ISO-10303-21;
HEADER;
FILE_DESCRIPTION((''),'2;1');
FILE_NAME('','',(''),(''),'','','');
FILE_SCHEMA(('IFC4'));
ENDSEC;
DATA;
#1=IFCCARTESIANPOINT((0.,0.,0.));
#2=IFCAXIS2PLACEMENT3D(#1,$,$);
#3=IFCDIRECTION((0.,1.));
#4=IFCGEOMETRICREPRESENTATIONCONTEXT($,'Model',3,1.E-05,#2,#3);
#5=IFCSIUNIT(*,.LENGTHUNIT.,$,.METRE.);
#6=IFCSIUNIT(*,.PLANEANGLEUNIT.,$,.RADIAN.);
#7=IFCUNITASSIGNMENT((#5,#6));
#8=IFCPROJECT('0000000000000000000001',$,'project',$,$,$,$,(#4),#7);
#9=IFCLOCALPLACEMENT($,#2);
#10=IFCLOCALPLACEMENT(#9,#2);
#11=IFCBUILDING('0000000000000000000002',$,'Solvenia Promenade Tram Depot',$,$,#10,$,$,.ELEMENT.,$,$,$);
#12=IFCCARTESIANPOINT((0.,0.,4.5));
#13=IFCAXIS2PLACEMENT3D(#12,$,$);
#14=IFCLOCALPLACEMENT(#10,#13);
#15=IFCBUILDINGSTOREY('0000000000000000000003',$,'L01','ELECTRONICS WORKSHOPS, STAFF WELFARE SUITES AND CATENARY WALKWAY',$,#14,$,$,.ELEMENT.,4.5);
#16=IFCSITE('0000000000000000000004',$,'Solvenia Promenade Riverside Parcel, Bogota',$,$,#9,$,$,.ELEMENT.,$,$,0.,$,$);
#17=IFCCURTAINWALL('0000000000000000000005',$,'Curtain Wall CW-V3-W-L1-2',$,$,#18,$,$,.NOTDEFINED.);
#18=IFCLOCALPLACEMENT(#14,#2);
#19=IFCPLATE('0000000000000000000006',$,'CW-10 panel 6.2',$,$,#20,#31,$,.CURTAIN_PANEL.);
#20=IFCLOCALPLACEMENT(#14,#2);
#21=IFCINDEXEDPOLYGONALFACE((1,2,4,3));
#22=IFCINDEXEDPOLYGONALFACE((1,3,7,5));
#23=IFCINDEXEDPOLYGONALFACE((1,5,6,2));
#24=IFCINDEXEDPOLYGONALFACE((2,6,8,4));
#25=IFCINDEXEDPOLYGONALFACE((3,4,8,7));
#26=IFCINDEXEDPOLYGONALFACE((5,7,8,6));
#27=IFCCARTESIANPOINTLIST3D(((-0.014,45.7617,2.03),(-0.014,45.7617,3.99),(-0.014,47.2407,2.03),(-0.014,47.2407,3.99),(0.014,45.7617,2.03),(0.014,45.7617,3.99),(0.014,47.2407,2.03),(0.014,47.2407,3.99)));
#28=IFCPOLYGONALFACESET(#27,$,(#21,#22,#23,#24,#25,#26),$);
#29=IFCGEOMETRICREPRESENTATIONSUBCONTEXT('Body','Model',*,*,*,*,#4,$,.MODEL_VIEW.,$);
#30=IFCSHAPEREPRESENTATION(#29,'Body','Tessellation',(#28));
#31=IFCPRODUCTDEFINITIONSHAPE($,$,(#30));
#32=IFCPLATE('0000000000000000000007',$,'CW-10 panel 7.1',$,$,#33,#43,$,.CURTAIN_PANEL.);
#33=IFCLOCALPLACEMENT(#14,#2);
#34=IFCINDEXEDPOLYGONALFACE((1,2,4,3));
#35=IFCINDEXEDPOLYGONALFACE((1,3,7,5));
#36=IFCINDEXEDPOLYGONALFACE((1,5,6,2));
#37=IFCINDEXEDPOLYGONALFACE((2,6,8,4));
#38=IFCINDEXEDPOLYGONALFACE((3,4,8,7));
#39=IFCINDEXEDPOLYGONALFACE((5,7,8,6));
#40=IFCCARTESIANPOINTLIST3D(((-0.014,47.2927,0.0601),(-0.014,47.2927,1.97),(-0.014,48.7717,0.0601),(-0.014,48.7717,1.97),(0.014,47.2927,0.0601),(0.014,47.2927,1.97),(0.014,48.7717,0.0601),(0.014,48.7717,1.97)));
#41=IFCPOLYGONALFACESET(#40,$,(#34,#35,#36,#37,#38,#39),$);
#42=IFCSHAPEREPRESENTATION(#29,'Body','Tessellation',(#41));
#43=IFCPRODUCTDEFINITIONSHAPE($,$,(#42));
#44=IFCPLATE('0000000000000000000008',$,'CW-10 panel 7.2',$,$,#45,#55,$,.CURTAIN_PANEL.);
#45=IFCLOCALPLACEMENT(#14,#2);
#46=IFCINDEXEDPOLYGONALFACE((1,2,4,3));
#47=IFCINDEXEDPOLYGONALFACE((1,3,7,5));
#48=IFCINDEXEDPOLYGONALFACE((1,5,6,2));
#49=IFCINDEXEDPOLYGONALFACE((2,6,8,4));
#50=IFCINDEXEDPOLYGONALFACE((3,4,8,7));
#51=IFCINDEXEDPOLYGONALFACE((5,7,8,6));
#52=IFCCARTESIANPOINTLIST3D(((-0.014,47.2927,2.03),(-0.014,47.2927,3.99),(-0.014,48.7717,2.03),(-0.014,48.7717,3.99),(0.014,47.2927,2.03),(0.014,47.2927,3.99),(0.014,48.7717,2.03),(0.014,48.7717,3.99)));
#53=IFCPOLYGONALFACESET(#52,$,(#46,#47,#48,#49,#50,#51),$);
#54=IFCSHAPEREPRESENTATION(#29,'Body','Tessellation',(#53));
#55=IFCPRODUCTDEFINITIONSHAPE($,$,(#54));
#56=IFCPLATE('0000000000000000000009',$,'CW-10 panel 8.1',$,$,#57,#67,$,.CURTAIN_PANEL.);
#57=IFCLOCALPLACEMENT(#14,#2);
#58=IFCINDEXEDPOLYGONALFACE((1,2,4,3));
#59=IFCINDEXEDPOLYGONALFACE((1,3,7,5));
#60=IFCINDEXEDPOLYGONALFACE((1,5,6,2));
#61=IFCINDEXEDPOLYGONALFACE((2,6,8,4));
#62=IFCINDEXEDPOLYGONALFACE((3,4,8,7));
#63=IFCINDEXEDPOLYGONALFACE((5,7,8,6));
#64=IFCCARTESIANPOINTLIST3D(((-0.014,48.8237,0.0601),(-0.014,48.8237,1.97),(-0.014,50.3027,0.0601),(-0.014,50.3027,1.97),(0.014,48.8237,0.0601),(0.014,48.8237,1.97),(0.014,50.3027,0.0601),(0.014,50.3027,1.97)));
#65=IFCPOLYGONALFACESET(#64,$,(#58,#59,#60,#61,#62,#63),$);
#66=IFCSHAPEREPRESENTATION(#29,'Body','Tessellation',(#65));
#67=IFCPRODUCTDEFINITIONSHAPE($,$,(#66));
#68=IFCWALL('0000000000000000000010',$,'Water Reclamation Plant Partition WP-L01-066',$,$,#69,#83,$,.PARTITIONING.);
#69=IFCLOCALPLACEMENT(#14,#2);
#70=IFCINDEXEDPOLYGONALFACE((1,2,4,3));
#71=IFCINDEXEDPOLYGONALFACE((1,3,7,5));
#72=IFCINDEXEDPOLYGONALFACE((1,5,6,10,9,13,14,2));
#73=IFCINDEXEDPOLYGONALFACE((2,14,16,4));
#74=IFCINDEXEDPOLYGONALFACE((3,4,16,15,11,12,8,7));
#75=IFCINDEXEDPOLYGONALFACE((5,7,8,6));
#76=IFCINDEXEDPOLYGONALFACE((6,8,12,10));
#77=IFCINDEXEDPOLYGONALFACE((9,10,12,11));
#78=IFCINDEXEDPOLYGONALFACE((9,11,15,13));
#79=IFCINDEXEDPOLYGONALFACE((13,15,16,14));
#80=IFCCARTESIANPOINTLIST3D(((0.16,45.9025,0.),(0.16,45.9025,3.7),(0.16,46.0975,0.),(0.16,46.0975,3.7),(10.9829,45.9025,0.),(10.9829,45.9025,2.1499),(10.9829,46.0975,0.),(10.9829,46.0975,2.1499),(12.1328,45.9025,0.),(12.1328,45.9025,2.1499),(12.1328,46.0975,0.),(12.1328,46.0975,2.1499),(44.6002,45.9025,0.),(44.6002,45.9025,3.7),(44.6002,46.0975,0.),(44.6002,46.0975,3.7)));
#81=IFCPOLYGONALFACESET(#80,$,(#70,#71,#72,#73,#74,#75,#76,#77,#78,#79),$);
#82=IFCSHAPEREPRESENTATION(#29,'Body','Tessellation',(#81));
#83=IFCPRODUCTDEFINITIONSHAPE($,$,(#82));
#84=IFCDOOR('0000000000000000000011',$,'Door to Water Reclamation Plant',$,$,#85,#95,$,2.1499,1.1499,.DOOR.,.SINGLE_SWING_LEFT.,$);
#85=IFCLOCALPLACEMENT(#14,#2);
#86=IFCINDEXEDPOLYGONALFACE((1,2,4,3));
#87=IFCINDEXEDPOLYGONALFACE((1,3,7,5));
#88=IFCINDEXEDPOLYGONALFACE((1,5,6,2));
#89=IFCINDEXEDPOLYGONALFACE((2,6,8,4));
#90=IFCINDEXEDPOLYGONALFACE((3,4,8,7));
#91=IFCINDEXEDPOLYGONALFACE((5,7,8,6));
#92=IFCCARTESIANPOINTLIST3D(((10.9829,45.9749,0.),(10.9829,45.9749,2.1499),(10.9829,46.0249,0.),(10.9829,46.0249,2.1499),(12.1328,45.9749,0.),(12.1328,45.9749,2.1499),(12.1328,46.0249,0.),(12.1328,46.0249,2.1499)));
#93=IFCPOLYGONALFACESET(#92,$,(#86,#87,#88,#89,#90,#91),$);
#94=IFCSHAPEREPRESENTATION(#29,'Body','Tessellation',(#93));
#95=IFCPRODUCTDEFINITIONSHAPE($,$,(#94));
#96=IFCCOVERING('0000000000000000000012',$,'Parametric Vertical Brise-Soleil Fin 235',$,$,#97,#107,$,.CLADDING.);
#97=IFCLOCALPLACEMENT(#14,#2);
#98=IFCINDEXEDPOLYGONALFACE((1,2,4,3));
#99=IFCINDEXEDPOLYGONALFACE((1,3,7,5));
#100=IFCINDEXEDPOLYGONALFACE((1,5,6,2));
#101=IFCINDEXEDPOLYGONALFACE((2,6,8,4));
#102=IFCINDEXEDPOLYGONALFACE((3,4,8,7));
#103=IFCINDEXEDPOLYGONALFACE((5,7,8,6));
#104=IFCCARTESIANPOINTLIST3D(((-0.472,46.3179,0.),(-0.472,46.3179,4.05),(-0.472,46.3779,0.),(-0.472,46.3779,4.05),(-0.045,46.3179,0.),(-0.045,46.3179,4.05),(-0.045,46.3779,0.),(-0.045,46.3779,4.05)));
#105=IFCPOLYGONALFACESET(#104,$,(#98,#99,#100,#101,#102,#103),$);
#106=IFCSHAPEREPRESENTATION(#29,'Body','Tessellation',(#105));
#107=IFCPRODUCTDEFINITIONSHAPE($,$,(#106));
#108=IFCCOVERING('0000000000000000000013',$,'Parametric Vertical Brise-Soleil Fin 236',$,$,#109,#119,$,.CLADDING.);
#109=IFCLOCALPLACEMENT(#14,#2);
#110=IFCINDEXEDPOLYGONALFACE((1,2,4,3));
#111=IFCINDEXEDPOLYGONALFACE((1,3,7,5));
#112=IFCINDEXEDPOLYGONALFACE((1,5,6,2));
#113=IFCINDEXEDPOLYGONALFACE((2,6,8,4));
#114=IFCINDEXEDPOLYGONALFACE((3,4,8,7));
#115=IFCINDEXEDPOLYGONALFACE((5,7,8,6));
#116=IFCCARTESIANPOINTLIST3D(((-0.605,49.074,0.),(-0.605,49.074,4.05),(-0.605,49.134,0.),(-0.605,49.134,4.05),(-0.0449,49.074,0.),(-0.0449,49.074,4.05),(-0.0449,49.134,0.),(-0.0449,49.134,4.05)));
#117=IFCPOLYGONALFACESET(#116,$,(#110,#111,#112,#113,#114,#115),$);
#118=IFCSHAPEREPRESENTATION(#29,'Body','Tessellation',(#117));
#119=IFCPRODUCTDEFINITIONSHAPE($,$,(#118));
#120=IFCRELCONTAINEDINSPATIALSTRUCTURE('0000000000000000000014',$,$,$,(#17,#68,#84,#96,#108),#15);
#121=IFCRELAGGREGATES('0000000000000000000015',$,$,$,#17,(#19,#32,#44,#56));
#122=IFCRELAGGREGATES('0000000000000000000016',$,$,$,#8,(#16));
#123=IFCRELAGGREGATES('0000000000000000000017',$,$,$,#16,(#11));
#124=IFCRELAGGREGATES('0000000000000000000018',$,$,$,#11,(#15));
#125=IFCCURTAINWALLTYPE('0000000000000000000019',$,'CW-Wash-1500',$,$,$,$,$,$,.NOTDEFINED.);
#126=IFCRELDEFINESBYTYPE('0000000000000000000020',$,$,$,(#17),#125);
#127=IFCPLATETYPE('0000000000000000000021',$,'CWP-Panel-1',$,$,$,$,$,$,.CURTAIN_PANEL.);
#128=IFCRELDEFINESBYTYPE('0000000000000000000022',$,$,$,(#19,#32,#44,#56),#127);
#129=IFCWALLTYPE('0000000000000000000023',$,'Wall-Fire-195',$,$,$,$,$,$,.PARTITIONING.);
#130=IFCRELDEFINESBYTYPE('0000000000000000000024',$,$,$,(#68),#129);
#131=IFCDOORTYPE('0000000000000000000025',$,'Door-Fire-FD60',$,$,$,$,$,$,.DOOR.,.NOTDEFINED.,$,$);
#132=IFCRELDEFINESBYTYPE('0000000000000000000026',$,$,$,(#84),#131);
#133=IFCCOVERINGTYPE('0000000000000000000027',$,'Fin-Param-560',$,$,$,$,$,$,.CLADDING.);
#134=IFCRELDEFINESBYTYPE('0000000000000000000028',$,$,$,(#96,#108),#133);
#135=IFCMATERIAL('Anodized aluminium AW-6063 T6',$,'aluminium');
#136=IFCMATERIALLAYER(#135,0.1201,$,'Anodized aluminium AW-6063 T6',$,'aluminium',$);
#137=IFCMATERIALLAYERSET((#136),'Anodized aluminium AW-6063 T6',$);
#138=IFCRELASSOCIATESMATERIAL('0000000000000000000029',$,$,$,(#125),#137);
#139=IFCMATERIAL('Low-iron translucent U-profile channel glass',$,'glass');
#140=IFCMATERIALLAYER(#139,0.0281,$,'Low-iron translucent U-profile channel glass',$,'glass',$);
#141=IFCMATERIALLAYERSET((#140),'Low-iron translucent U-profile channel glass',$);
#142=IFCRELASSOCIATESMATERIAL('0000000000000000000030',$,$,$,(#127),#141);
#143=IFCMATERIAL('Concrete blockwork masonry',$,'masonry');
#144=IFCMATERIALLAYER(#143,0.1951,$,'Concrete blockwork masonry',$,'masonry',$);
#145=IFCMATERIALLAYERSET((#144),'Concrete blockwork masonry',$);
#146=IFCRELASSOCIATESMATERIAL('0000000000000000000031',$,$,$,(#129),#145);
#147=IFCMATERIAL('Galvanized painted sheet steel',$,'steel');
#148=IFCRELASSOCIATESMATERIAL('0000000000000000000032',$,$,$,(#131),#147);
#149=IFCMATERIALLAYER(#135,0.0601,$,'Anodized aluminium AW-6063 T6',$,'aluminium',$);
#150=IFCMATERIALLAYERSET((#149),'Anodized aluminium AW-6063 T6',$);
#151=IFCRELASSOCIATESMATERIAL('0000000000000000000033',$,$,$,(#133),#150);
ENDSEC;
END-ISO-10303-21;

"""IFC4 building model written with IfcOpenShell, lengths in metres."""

from ifc_helpers import new_model, si_unit, direction, frame, frame_2d, origin, origin_2d, place, context, subcontext, project, spatial, rectangle, extrude, material, layer, layer_set, type_object, element, fill, aggregate, save


model = new_model("IFC4")

# Units and contexts
model_context = context("Model", 3, precision=1e-05, world=origin(), true_north=direction((0.0, 1.0)))
body_context = subcontext(model_context, "Body", "Model", "MODEL_VIEW")
ifc_project = project(units=[si_unit("LENGTHUNIT", "METRE"), si_unit("PLANEANGLEUNIT", "RADIAN")], contexts=[model_context])

# Site, building, storey
site_placement = place(None, origin())
site = spatial("IfcSite", under=ifc_project, at=site_placement, Name="Solvenia Promenade Riverside Parcel, Bogota", CompositionType="ELEMENT", RefElevation=0.0)
building_placement = place(site_placement, origin())
building = spatial("IfcBuilding", under=site, at=building_placement, Name="Solvenia Promenade Tram Depot", CompositionType="ELEMENT")
storey_placement = place(building_placement, frame((0.0, 0.0, 4.5)))
storey = spatial("IfcBuildingStorey", under=building, at=storey_placement, Name="L01", Description="ELECTRONICS WORKSHOPS, STAFF WELFARE SUITES AND CATENARY WALKWAY", CompositionType="ELEMENT", Elevation=4.5)

# Curtain wall
ifc_material_1 = material(Name="Anodized aluminium AW-6063 T6", Category="aluminium")
ifc_layer_1 = layer(ifc_material_1, 0.1201, Name="Anodized aluminium AW-6063 T6", Category="aluminium")
ifc_layer_set_1 = layer_set([ifc_layer_1], Name="Anodized aluminium AW-6063 T6")
curtain_wall_type = type_object("IfcCurtainWallType", Name="CW-Wash-1500", PredefinedType="NOTDEFINED", material=ifc_layer_set_1)
curtain_wall_placement = place(storey_placement, origin())
curtain_wall = element("IfcCurtainWall", 1, at=curtain_wall_placement, inside=storey, type_object=curtain_wall_type, Name="Curtain Wall CW-V3-W-L1-2", PredefinedType="NOTDEFINED")

# Plates
ifc_material_2 = material(Name="Low-iron translucent U-profile channel glass", Category="glass")
ifc_layer_2 = layer(ifc_material_2, 0.0281, Name="Low-iron translucent U-profile channel glass", Category="glass")
ifc_layer_set_2 = layer_set([ifc_layer_2], Name="Low-iron translucent U-profile channel glass")
plate_type = type_object("IfcPlateType", Name="CWP-Panel-1", PredefinedType="CURTAIN_PANEL", material=ifc_layer_set_2)
plate_1_placement = place(storey_placement, frame((0.0, 46.5012, 2.03), z_axis=(0.0, 0.0, 1.0), x_axis=(0.0, 1.0, 0.0)))
plate_1 = element("IfcPlate", 2, at=plate_1_placement, type_object=plate_type, Name="CW-10 panel 6.2", PredefinedType="CURTAIN_PANEL", context=body_context, shape_type="SweptSolid", body=[
    extrude(rectangle(XDim=1.479, YDim=0.0281, at=origin_2d()), origin(), (0.0, 0.0, 1.0), 1.96),
])
plate_2_placement = place(storey_placement, frame((0.0, 48.0322, 0.0601), z_axis=(0.0, 0.0, 1.0), x_axis=(0.0, 1.0, 0.0)))
plate_2 = element("IfcPlate", 3, at=plate_2_placement, type_object=plate_type, Name="CW-10 panel 7.1", PredefinedType="CURTAIN_PANEL", context=body_context, shape_type="SweptSolid", body=[
    extrude(rectangle(XDim=1.479, YDim=0.0281, at=origin_2d()), origin(), (0.0, 0.0, 1.0), 1.9099),
])
plate_3_placement = place(storey_placement, frame((0.0, 48.0322, 2.03), z_axis=(0.0, 0.0, 1.0), x_axis=(0.0, 1.0, 0.0)))
plate_3 = element("IfcPlate", 4, at=plate_3_placement, type_object=plate_type, Name="CW-10 panel 7.2", PredefinedType="CURTAIN_PANEL", context=body_context, shape_type="SweptSolid", body=[
    extrude(rectangle(XDim=1.479, YDim=0.0281, at=origin_2d()), origin(), (0.0, 0.0, 1.0), 1.96),
])
plate_4_placement = place(storey_placement, frame((0.0, 49.5632, 0.0601), z_axis=(0.0, 0.0, 1.0), x_axis=(0.0, 1.0, 0.0)))
plate_4 = element("IfcPlate", 5, at=plate_4_placement, type_object=plate_type, Name="CW-10 panel 8.1", PredefinedType="CURTAIN_PANEL", context=body_context, shape_type="SweptSolid", body=[
    extrude(rectangle(XDim=1.479, YDim=0.0281, at=origin_2d()), origin(), (0.0, 0.0, 1.0), 1.9099),
])
aggregate(curtain_wall, [plate_1, plate_2, plate_3, plate_4])

# Wall, opening, door
ifc_material_3 = material(Name="Concrete blockwork masonry", Category="masonry")
ifc_layer_3 = layer(ifc_material_3, 0.1951, Name="Concrete blockwork masonry", Category="masonry")
ifc_layer_set_3 = layer_set([ifc_layer_3], Name="Concrete blockwork masonry")
wall_type = type_object("IfcWallType", Name="Wall-Fire-195", PredefinedType="PARTITIONING", material=ifc_layer_set_3)
wall_placement = place(storey_placement, frame((0.1599, 46.0, 0.0), z_axis=(0.0, 0.0, 1.0), x_axis=(1.0, 0.0, 0.0)))
wall = element("IfcWall", 6, at=wall_placement, inside=storey, type_object=wall_type, Name="Water Reclamation Plant Partition WP-L01-066", PredefinedType="PARTITIONING", context=body_context, shape_type="SweptSolid", body=[
    extrude(rectangle(XDim=44.4402, YDim=0.1951, at=frame_2d((22.2202, 0.0))), origin(), (0.0, 0.0, 1.0), 3.7),
])
opening_placement = place(wall_placement, frame((10.823, 0.0, 0.0)))
opening = element("IfcOpeningElement", 7, at=opening_placement, cuts=wall, PredefinedType="OPENING", context=body_context, shape_type="SweptSolid", body=[
    extrude(rectangle(XDim=1.1499, YDim=2.1499, at=frame_2d((0.575, 1.075))), frame((0.0, 0.1074, 0.0), z_axis=(0.0, -1.0, 0.0), x_axis=(1.0, 0.0, 0.0)), (0.0, 0.0, 1.0), 0.2151),
])
ifc_material_4 = material(Name="Galvanized painted sheet steel", Category="steel")
door_type = type_object("IfcDoorType", Name="Door-Fire-FD60", OperationType="NOTDEFINED", PredefinedType="DOOR", material=ifc_material_4)
door_placement = place(opening_placement, origin())
door = element("IfcDoor", 8, at=door_placement, inside=storey, type_object=door_type, Name="Door to Water Reclamation Plant", OperationType="SINGLE_SWING_LEFT", OverallHeight=2.1499, OverallWidth=1.1499, PredefinedType="DOOR", context=body_context, shape_type="SweptSolid", body=[
    extrude(rectangle(XDim=1.1499, YDim=2.1499, at=frame_2d((0.575, 1.075))), frame((0.0, 0.0249, 0.0), z_axis=(0.0, -1.0, 0.0), x_axis=(1.0, 0.0, 0.0)), (0.0, 0.0, 1.0), 0.05),
])
fill(opening, door)

# Coverings
ifc_layer_4 = layer(ifc_material_1, 0.0601, Name="Anodized aluminium AW-6063 T6", Category="aluminium")
ifc_layer_set_4 = layer_set([ifc_layer_4], Name="Anodized aluminium AW-6063 T6")
covering_type = type_object("IfcCoveringType", Name="Fin-Param-560", PredefinedType="CLADDING", material=ifc_layer_set_4)
covering_1_placement = place(storey_placement, frame((-0.2585, 46.3479, 0.0), z_axis=(0.0, 0.0, 1.0), x_axis=(0.0, 1.0, 0.0)))
element("IfcCovering", 9, at=covering_1_placement, inside=storey, type_object=covering_type, Name="Parametric Vertical Brise-Soleil Fin 235", PredefinedType="CLADDING", context=body_context, shape_type="SweptSolid", body=[
    extrude(rectangle(XDim=0.0601, YDim=0.427, at=origin_2d()), origin(), (0.0, 0.0, 1.0), 4.05),
])
covering_2_placement = place(storey_placement, frame((-0.325, 49.104, 0.0), z_axis=(0.0, 0.0, 1.0), x_axis=(0.0, 1.0, 0.0)))
element("IfcCovering", 10, at=covering_2_placement, inside=storey, type_object=covering_type, Name="Parametric Vertical Brise-Soleil Fin 236", PredefinedType="CLADDING", context=body_context, shape_type="SweptSolid", body=[
    extrude(rectangle(XDim=0.0601, YDim=0.5601, at=origin_2d()), origin(), (0.0, 0.0, 1.0), 4.05),
])

save(model, "model.ifc")
